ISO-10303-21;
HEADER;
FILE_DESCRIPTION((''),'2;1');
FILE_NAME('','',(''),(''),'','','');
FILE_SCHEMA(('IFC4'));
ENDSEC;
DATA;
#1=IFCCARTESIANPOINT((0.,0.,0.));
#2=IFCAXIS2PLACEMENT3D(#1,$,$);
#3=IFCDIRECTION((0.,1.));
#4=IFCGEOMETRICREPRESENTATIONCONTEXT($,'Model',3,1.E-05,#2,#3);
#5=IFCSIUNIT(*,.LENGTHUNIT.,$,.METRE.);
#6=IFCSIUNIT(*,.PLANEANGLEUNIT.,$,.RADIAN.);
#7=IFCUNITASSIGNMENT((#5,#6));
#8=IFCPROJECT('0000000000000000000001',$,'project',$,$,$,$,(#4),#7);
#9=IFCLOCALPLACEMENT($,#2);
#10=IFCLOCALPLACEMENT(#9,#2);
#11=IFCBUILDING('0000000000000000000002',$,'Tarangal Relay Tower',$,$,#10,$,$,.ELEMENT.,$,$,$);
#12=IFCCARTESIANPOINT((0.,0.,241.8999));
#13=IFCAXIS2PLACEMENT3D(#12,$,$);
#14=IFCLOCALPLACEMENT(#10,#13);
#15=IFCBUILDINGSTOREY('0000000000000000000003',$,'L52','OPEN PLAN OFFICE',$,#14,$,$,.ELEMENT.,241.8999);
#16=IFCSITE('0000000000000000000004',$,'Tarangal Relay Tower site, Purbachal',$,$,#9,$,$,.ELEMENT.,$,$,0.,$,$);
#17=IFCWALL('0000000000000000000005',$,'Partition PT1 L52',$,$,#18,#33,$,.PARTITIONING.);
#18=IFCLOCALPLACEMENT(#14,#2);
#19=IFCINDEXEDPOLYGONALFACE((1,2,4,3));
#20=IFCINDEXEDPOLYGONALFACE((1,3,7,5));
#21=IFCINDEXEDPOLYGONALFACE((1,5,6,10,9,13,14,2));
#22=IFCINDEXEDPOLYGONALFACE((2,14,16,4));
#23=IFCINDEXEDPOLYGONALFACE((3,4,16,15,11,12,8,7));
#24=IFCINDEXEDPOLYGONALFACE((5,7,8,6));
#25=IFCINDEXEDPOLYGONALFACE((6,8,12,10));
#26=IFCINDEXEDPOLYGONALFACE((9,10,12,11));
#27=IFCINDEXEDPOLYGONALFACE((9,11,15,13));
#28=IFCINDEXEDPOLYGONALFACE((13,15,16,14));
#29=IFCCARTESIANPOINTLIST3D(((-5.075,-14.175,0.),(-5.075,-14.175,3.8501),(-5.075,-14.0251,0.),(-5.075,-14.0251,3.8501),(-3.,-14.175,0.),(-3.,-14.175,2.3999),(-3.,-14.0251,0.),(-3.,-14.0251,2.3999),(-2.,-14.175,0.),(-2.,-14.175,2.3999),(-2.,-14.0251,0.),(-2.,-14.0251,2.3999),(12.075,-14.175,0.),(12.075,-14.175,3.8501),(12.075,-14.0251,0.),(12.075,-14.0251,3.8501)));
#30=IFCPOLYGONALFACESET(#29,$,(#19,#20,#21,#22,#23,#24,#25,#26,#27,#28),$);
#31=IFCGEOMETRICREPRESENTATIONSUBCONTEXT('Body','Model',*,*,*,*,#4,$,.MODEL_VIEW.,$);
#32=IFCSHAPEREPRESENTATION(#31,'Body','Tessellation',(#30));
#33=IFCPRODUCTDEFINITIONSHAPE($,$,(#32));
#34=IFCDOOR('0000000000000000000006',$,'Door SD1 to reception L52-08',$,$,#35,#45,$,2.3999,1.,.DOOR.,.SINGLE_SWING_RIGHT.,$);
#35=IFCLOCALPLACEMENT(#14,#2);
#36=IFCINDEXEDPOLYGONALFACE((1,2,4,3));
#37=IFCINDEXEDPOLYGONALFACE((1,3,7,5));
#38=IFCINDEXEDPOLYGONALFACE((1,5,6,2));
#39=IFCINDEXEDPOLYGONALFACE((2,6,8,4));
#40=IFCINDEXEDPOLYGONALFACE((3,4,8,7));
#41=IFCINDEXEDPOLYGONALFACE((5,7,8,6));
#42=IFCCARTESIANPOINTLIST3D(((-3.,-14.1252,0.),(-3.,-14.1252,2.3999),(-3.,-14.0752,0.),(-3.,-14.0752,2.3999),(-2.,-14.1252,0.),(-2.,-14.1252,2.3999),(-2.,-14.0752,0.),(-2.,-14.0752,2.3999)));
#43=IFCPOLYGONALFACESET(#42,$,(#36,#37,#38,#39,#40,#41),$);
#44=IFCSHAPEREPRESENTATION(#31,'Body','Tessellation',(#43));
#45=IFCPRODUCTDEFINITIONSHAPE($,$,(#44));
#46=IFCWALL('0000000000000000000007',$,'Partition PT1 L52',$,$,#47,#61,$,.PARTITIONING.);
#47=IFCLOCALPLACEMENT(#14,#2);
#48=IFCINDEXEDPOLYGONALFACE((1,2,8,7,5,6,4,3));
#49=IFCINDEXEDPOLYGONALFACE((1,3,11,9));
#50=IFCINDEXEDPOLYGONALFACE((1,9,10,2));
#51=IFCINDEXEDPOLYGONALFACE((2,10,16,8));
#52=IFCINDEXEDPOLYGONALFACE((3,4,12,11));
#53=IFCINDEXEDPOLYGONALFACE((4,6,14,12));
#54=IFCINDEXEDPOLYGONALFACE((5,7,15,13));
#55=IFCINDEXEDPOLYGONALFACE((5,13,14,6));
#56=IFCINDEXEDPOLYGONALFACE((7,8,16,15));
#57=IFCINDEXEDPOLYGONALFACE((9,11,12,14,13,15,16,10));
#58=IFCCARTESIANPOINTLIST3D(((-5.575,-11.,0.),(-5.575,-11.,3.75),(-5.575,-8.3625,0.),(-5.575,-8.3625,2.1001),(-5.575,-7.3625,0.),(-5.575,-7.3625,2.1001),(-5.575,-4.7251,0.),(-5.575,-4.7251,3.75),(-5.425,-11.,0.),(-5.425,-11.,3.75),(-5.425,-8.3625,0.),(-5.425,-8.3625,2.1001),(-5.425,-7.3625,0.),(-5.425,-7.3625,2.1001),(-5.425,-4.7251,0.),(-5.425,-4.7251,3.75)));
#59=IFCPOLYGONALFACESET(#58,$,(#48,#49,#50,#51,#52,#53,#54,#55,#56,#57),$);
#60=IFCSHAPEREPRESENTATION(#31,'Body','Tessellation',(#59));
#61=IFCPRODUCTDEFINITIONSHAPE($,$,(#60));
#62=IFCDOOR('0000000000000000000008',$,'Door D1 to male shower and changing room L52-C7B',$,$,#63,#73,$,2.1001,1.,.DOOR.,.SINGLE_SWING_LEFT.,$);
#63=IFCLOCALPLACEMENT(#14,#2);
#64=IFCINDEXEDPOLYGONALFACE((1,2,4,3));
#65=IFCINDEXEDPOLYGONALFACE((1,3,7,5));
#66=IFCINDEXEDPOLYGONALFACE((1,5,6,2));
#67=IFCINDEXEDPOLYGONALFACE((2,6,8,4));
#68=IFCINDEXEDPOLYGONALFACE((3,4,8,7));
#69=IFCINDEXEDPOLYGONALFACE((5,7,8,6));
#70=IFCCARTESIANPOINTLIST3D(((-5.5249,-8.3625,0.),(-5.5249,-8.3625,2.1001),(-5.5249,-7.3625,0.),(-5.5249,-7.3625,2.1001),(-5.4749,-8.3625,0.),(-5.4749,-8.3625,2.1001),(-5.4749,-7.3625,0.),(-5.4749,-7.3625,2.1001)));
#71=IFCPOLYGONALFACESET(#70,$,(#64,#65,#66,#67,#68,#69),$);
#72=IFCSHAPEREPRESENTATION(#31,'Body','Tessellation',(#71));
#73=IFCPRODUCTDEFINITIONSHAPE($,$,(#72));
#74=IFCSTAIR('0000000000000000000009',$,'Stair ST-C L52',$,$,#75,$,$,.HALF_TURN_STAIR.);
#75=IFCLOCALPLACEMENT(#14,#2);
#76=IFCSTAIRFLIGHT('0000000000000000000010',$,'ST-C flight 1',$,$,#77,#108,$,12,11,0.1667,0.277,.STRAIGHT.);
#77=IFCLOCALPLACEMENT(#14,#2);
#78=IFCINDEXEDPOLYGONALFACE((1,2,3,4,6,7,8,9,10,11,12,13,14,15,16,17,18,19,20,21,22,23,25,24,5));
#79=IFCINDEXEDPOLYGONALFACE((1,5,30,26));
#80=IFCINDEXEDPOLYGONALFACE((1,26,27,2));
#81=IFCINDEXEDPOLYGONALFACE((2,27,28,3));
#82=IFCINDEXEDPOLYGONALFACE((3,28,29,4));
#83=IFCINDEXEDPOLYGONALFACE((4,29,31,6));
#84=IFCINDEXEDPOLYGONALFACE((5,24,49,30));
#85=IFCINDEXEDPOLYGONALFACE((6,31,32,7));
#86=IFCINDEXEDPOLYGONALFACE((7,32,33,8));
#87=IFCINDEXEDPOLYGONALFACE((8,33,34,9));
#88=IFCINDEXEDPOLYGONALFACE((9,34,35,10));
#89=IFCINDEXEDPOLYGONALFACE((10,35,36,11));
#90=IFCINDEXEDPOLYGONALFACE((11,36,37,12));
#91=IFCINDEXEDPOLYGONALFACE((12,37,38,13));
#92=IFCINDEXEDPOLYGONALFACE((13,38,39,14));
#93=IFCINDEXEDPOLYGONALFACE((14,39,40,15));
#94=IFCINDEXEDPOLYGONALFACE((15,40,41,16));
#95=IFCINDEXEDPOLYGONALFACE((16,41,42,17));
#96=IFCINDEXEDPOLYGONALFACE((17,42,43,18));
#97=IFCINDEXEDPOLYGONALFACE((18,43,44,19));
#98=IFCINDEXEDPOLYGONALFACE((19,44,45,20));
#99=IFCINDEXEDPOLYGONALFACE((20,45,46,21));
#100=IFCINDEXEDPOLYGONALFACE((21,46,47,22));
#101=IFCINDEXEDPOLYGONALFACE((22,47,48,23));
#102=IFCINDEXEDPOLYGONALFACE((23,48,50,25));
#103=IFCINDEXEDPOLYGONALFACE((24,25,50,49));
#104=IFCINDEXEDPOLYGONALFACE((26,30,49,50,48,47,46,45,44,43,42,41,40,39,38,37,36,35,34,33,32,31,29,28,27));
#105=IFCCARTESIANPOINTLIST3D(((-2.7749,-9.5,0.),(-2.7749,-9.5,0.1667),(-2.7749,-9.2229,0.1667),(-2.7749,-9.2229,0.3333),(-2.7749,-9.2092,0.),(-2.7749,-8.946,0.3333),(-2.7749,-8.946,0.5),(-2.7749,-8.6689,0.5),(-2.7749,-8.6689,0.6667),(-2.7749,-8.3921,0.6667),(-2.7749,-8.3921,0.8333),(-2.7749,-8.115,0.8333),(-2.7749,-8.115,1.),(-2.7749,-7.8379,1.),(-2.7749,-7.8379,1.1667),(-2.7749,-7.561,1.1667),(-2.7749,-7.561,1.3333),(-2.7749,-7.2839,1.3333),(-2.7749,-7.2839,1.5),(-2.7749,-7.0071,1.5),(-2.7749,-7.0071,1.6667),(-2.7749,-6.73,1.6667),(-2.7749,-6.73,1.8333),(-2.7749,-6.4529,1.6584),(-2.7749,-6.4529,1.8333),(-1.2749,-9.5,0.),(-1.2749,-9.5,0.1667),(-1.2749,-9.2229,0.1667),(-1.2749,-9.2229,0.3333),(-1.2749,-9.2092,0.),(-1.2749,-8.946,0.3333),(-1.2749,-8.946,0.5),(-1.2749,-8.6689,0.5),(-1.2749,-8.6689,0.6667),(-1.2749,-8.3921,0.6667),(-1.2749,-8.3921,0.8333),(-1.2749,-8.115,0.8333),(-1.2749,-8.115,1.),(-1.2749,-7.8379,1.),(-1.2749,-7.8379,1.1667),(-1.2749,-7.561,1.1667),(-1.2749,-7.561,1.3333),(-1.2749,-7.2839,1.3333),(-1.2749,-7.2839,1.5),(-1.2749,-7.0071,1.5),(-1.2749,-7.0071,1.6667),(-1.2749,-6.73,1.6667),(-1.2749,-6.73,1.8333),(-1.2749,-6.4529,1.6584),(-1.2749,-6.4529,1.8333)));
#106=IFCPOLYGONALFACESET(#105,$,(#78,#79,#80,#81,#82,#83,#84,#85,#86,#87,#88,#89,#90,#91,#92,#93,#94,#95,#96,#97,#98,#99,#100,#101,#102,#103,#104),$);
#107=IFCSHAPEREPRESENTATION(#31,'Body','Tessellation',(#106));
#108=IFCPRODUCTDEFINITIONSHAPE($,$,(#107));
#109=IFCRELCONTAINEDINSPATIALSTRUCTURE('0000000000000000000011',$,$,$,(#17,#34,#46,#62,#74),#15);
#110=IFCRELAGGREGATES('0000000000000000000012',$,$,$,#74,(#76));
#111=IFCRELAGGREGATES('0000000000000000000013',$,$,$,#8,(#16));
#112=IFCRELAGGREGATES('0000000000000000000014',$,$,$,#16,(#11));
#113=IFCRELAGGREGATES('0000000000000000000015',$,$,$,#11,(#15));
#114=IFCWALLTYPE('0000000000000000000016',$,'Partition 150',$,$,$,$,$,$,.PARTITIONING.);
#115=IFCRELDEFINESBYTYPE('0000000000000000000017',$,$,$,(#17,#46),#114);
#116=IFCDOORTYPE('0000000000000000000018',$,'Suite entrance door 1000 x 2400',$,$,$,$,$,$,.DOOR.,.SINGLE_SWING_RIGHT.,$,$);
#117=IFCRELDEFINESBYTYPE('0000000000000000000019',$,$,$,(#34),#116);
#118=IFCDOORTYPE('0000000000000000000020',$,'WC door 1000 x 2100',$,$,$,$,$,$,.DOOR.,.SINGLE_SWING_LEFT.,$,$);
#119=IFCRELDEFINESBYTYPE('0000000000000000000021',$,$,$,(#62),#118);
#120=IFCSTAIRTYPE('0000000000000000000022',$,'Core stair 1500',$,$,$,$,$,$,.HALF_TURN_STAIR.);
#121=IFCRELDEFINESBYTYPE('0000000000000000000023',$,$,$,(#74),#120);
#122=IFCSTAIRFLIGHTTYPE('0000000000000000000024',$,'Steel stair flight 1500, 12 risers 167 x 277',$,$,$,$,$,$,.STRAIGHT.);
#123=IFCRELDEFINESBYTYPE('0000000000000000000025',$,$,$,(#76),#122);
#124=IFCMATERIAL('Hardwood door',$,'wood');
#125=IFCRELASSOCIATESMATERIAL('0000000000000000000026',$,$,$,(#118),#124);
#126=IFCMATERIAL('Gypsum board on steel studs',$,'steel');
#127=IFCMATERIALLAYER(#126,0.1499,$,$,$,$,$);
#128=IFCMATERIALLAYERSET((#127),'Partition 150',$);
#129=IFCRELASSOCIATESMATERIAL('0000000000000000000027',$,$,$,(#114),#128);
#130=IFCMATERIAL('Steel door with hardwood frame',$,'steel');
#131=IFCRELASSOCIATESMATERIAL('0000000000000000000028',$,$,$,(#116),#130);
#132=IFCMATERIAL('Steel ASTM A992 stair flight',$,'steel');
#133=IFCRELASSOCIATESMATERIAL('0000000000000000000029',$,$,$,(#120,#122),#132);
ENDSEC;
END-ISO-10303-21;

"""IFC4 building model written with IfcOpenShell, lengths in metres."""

from ifc_helpers import new_model, si_unit, direction, frame, frame_2d, origin, place, context, subcontext, project, spatial, polyline, rectangle, outline, extrude, material, layer, layer_set, type_object, element, fill, aggregate, save


model = new_model("IFC4")

# Units and contexts
model_context = context("Model", 3, precision=1e-05, world=origin(), true_north=direction((0.0, 1.0)))
body_context = subcontext(model_context, "Body", "Model", "MODEL_VIEW")
ifc_project = project(units=[si_unit("LENGTHUNIT", "METRE"), si_unit("PLANEANGLEUNIT", "RADIAN")], contexts=[model_context])

# Site, building, storey
site_placement = place(None, origin())
site = spatial("IfcSite", under=ifc_project, at=site_placement, Name="Tarangal Relay Tower site, Purbachal", CompositionType="ELEMENT", RefElevation=0.0)
building_placement = place(site_placement, origin())
building = spatial("IfcBuilding", under=site, at=building_placement, Name="Tarangal Relay Tower", CompositionType="ELEMENT")
storey_placement = place(building_placement, frame((0.0, 0.0, 241.8999)))
storey = spatial("IfcBuildingStorey", under=building, at=storey_placement, Name="L52", Description="OPEN PLAN OFFICE", CompositionType="ELEMENT", Elevation=241.8999)

# Shared definitions
ifc_material_1 = material(Name="Hardwood door", Category="wood")
door_type_1 = type_object("IfcDoorType", Name="WC door 1000 x 2100", OperationType="SINGLE_SWING_LEFT", PredefinedType="DOOR", material=ifc_material_1)

# Walls, openings, doors
ifc_material_2 = material(Name="Steel door with hardwood frame", Category="steel")
ifc_material_3 = material(Name="Gypsum board on steel studs", Category="steel")
ifc_layer_1 = layer(ifc_material_3, 0.1499)
ifc_layer_set_1 = layer_set([ifc_layer_1], Name="Partition 150")
wall_type_1 = type_object("IfcWallType", Name="Partition 150", PredefinedType="PARTITIONING", material=ifc_layer_set_1)
wall_1_placement = place(storey_placement, frame((-5.075, -14.1001, 0.0), z_axis=(0.0, 0.0, 1.0), x_axis=(1.0, 0.0, 0.0)))
wall_1 = element("IfcWall", 1, at=wall_1_placement, inside=storey, type_object=wall_type_1, Name="Partition PT1 L52", PredefinedType="PARTITIONING", context=body_context, shape_type="SweptSolid", body=[
    extrude(rectangle(XDim=17.1499, YDim=0.1499, at=frame_2d((8.575, 0.0))), origin(), (0.0, 0.0, 1.0), 3.8501),
])
opening_1_placement = place(wall_1_placement, frame((2.075, 0.0, 0.0)))
opening_1 = element("IfcOpeningElement", 2, at=opening_1_placement, cuts=wall_1, PredefinedType="OPENING", context=body_context, shape_type="SweptSolid", body=[
    extrude(rectangle(XDim=1.0, YDim=2.3999, at=frame_2d((0.5, 1.2))), frame((0.0, 0.085, 0.0), z_axis=(0.0, -1.0, 0.0), x_axis=(1.0, 0.0, 0.0)), (0.0, 0.0, 1.0), 0.1699),
])
door_type_2 = type_object("IfcDoorType", Name="Suite entrance door 1000 x 2400", OperationType="SINGLE_SWING_RIGHT", PredefinedType="DOOR", material=ifc_material_2)
door_1_placement = place(opening_1_placement, origin())
door_1 = element("IfcDoor", 3, at=door_1_placement, inside=storey, type_object=door_type_2, Name="Door SD1 to reception L52-08", OperationType="SINGLE_SWING_RIGHT", OverallHeight=2.3999, OverallWidth=1.0, PredefinedType="DOOR", context=body_context, shape_type="SweptSolid", body=[
    extrude(rectangle(XDim=1.0, YDim=2.3999, at=frame_2d((0.5, 1.2))), frame((0.0, 0.0249, 0.0), z_axis=(0.0, -1.0, 0.0), x_axis=(1.0, 0.0, 0.0)), (0.0, 0.0, 1.0), 0.05),
])
fill(opening_1, door_1)
wall_2_placement = place(storey_placement, frame((-5.5, -11.0, 0.0), z_axis=(0.0, 0.0, 1.0), x_axis=(0.0, 1.0, 0.0)))
wall_2 = element("IfcWall", 4, at=wall_2_placement, inside=storey, type_object=wall_type_1, Name="Partition PT1 L52", PredefinedType="PARTITIONING", context=body_context, shape_type="SweptSolid", body=[
    extrude(rectangle(XDim=6.2749, YDim=0.1499, at=frame_2d((3.1375, 0.0))), origin(), (0.0, 0.0, 1.0), 3.75),
])
opening_2_placement = place(wall_2_placement, frame((2.6375, 0.0, 0.0)))
opening_2 = element("IfcOpeningElement", 5, at=opening_2_placement, cuts=wall_2, PredefinedType="OPENING", context=body_context, shape_type="SweptSolid", body=[
    extrude(rectangle(XDim=1.0, YDim=2.1001, at=frame_2d((0.5, 1.05))), frame((0.0, 0.085, 0.0), z_axis=(0.0, -1.0, 0.0), x_axis=(1.0, 0.0, 0.0)), (0.0, 0.0, 1.0), 0.1699),
])
door_2_placement = place(opening_2_placement, origin())
door_2 = element("IfcDoor", 6, at=door_2_placement, inside=storey, type_object=door_type_1, Name="Door D1 to male shower and changing room L52-C7B", OperationType="SINGLE_SWING_LEFT", OverallHeight=2.1001, OverallWidth=1.0, PredefinedType="DOOR", context=body_context, shape_type="SweptSolid", body=[
    extrude(rectangle(XDim=1.0, YDim=2.1001, at=frame_2d((0.5, 1.05))), frame((0.0, 0.0249, 0.0), z_axis=(0.0, -1.0, 0.0), x_axis=(1.0, 0.0, 0.0)), (0.0, 0.0, 1.0), 0.05),
])
fill(opening_2, door_2)

# Stair, stair flight
ifc_material_4 = material(Name="Steel ASTM A992 stair flight", Category="steel")
stair_type = type_object("IfcStairType", Name="Core stair 1500", PredefinedType="HALF_TURN_STAIR", material=ifc_material_4)
stair_placement = place(storey_placement, origin())
stair = element("IfcStair", 7, at=stair_placement, inside=storey, type_object=stair_type, Name="Stair ST-C L52", PredefinedType="HALF_TURN_STAIR")
stair_flight_type = type_object("IfcStairFlightType", Name="Steel stair flight 1500, 12 risers 167 x 277", PredefinedType="STRAIGHT", material=ifc_material_4)
stair_flight_placement = place(storey_placement, frame((-2.0249, -9.5, 0.0), z_axis=(0.0, 0.0, 1.0), x_axis=(0.0, 1.0, 0.0)))
stair_flight = element("IfcStairFlight", 8, at=stair_flight_placement, type_object=stair_flight_type, Name="ST-C flight 1", NumberOfRisers=12, NumberOfTreads=11, PredefinedType="STRAIGHT", RiserHeight=0.1667, TreadLength=0.277, context=body_context, shape_type="SweptSolid", body=[
    extrude(outline(polyline([(0.0, 0.0), (0.0, 0.1667), (0.2771, 0.1667), (0.2771, 0.3333), (0.554, 0.3333), (0.554, 0.5), (0.8311, 0.5), (0.8311, 0.6667), (1.1079, 0.6667), (1.1079, 0.8333), (1.385, 0.8333), (1.385, 1.0), (1.6621, 1.0), (1.6621, 1.1667), (1.939, 1.1667), (1.939, 1.3333), (2.2161, 1.3333), (2.2161, 1.5), (2.4929, 1.5), (2.4929, 1.6667), (2.77, 1.6667), (2.77, 1.8333), (3.0471, 1.8333), (3.0471, 2.0), (3.0471, 1.6584), (0.2908, 0.0), (0.0, 0.0)])), frame((0.0, 0.75, 0.0), z_axis=(0.0, -1.0, 0.0), x_axis=(1.0, 0.0, 0.0)), (0.0, 0.0, 1.0), 1.5),
])
aggregate(stair, [stair_flight])

save(model, "model.ifc")
